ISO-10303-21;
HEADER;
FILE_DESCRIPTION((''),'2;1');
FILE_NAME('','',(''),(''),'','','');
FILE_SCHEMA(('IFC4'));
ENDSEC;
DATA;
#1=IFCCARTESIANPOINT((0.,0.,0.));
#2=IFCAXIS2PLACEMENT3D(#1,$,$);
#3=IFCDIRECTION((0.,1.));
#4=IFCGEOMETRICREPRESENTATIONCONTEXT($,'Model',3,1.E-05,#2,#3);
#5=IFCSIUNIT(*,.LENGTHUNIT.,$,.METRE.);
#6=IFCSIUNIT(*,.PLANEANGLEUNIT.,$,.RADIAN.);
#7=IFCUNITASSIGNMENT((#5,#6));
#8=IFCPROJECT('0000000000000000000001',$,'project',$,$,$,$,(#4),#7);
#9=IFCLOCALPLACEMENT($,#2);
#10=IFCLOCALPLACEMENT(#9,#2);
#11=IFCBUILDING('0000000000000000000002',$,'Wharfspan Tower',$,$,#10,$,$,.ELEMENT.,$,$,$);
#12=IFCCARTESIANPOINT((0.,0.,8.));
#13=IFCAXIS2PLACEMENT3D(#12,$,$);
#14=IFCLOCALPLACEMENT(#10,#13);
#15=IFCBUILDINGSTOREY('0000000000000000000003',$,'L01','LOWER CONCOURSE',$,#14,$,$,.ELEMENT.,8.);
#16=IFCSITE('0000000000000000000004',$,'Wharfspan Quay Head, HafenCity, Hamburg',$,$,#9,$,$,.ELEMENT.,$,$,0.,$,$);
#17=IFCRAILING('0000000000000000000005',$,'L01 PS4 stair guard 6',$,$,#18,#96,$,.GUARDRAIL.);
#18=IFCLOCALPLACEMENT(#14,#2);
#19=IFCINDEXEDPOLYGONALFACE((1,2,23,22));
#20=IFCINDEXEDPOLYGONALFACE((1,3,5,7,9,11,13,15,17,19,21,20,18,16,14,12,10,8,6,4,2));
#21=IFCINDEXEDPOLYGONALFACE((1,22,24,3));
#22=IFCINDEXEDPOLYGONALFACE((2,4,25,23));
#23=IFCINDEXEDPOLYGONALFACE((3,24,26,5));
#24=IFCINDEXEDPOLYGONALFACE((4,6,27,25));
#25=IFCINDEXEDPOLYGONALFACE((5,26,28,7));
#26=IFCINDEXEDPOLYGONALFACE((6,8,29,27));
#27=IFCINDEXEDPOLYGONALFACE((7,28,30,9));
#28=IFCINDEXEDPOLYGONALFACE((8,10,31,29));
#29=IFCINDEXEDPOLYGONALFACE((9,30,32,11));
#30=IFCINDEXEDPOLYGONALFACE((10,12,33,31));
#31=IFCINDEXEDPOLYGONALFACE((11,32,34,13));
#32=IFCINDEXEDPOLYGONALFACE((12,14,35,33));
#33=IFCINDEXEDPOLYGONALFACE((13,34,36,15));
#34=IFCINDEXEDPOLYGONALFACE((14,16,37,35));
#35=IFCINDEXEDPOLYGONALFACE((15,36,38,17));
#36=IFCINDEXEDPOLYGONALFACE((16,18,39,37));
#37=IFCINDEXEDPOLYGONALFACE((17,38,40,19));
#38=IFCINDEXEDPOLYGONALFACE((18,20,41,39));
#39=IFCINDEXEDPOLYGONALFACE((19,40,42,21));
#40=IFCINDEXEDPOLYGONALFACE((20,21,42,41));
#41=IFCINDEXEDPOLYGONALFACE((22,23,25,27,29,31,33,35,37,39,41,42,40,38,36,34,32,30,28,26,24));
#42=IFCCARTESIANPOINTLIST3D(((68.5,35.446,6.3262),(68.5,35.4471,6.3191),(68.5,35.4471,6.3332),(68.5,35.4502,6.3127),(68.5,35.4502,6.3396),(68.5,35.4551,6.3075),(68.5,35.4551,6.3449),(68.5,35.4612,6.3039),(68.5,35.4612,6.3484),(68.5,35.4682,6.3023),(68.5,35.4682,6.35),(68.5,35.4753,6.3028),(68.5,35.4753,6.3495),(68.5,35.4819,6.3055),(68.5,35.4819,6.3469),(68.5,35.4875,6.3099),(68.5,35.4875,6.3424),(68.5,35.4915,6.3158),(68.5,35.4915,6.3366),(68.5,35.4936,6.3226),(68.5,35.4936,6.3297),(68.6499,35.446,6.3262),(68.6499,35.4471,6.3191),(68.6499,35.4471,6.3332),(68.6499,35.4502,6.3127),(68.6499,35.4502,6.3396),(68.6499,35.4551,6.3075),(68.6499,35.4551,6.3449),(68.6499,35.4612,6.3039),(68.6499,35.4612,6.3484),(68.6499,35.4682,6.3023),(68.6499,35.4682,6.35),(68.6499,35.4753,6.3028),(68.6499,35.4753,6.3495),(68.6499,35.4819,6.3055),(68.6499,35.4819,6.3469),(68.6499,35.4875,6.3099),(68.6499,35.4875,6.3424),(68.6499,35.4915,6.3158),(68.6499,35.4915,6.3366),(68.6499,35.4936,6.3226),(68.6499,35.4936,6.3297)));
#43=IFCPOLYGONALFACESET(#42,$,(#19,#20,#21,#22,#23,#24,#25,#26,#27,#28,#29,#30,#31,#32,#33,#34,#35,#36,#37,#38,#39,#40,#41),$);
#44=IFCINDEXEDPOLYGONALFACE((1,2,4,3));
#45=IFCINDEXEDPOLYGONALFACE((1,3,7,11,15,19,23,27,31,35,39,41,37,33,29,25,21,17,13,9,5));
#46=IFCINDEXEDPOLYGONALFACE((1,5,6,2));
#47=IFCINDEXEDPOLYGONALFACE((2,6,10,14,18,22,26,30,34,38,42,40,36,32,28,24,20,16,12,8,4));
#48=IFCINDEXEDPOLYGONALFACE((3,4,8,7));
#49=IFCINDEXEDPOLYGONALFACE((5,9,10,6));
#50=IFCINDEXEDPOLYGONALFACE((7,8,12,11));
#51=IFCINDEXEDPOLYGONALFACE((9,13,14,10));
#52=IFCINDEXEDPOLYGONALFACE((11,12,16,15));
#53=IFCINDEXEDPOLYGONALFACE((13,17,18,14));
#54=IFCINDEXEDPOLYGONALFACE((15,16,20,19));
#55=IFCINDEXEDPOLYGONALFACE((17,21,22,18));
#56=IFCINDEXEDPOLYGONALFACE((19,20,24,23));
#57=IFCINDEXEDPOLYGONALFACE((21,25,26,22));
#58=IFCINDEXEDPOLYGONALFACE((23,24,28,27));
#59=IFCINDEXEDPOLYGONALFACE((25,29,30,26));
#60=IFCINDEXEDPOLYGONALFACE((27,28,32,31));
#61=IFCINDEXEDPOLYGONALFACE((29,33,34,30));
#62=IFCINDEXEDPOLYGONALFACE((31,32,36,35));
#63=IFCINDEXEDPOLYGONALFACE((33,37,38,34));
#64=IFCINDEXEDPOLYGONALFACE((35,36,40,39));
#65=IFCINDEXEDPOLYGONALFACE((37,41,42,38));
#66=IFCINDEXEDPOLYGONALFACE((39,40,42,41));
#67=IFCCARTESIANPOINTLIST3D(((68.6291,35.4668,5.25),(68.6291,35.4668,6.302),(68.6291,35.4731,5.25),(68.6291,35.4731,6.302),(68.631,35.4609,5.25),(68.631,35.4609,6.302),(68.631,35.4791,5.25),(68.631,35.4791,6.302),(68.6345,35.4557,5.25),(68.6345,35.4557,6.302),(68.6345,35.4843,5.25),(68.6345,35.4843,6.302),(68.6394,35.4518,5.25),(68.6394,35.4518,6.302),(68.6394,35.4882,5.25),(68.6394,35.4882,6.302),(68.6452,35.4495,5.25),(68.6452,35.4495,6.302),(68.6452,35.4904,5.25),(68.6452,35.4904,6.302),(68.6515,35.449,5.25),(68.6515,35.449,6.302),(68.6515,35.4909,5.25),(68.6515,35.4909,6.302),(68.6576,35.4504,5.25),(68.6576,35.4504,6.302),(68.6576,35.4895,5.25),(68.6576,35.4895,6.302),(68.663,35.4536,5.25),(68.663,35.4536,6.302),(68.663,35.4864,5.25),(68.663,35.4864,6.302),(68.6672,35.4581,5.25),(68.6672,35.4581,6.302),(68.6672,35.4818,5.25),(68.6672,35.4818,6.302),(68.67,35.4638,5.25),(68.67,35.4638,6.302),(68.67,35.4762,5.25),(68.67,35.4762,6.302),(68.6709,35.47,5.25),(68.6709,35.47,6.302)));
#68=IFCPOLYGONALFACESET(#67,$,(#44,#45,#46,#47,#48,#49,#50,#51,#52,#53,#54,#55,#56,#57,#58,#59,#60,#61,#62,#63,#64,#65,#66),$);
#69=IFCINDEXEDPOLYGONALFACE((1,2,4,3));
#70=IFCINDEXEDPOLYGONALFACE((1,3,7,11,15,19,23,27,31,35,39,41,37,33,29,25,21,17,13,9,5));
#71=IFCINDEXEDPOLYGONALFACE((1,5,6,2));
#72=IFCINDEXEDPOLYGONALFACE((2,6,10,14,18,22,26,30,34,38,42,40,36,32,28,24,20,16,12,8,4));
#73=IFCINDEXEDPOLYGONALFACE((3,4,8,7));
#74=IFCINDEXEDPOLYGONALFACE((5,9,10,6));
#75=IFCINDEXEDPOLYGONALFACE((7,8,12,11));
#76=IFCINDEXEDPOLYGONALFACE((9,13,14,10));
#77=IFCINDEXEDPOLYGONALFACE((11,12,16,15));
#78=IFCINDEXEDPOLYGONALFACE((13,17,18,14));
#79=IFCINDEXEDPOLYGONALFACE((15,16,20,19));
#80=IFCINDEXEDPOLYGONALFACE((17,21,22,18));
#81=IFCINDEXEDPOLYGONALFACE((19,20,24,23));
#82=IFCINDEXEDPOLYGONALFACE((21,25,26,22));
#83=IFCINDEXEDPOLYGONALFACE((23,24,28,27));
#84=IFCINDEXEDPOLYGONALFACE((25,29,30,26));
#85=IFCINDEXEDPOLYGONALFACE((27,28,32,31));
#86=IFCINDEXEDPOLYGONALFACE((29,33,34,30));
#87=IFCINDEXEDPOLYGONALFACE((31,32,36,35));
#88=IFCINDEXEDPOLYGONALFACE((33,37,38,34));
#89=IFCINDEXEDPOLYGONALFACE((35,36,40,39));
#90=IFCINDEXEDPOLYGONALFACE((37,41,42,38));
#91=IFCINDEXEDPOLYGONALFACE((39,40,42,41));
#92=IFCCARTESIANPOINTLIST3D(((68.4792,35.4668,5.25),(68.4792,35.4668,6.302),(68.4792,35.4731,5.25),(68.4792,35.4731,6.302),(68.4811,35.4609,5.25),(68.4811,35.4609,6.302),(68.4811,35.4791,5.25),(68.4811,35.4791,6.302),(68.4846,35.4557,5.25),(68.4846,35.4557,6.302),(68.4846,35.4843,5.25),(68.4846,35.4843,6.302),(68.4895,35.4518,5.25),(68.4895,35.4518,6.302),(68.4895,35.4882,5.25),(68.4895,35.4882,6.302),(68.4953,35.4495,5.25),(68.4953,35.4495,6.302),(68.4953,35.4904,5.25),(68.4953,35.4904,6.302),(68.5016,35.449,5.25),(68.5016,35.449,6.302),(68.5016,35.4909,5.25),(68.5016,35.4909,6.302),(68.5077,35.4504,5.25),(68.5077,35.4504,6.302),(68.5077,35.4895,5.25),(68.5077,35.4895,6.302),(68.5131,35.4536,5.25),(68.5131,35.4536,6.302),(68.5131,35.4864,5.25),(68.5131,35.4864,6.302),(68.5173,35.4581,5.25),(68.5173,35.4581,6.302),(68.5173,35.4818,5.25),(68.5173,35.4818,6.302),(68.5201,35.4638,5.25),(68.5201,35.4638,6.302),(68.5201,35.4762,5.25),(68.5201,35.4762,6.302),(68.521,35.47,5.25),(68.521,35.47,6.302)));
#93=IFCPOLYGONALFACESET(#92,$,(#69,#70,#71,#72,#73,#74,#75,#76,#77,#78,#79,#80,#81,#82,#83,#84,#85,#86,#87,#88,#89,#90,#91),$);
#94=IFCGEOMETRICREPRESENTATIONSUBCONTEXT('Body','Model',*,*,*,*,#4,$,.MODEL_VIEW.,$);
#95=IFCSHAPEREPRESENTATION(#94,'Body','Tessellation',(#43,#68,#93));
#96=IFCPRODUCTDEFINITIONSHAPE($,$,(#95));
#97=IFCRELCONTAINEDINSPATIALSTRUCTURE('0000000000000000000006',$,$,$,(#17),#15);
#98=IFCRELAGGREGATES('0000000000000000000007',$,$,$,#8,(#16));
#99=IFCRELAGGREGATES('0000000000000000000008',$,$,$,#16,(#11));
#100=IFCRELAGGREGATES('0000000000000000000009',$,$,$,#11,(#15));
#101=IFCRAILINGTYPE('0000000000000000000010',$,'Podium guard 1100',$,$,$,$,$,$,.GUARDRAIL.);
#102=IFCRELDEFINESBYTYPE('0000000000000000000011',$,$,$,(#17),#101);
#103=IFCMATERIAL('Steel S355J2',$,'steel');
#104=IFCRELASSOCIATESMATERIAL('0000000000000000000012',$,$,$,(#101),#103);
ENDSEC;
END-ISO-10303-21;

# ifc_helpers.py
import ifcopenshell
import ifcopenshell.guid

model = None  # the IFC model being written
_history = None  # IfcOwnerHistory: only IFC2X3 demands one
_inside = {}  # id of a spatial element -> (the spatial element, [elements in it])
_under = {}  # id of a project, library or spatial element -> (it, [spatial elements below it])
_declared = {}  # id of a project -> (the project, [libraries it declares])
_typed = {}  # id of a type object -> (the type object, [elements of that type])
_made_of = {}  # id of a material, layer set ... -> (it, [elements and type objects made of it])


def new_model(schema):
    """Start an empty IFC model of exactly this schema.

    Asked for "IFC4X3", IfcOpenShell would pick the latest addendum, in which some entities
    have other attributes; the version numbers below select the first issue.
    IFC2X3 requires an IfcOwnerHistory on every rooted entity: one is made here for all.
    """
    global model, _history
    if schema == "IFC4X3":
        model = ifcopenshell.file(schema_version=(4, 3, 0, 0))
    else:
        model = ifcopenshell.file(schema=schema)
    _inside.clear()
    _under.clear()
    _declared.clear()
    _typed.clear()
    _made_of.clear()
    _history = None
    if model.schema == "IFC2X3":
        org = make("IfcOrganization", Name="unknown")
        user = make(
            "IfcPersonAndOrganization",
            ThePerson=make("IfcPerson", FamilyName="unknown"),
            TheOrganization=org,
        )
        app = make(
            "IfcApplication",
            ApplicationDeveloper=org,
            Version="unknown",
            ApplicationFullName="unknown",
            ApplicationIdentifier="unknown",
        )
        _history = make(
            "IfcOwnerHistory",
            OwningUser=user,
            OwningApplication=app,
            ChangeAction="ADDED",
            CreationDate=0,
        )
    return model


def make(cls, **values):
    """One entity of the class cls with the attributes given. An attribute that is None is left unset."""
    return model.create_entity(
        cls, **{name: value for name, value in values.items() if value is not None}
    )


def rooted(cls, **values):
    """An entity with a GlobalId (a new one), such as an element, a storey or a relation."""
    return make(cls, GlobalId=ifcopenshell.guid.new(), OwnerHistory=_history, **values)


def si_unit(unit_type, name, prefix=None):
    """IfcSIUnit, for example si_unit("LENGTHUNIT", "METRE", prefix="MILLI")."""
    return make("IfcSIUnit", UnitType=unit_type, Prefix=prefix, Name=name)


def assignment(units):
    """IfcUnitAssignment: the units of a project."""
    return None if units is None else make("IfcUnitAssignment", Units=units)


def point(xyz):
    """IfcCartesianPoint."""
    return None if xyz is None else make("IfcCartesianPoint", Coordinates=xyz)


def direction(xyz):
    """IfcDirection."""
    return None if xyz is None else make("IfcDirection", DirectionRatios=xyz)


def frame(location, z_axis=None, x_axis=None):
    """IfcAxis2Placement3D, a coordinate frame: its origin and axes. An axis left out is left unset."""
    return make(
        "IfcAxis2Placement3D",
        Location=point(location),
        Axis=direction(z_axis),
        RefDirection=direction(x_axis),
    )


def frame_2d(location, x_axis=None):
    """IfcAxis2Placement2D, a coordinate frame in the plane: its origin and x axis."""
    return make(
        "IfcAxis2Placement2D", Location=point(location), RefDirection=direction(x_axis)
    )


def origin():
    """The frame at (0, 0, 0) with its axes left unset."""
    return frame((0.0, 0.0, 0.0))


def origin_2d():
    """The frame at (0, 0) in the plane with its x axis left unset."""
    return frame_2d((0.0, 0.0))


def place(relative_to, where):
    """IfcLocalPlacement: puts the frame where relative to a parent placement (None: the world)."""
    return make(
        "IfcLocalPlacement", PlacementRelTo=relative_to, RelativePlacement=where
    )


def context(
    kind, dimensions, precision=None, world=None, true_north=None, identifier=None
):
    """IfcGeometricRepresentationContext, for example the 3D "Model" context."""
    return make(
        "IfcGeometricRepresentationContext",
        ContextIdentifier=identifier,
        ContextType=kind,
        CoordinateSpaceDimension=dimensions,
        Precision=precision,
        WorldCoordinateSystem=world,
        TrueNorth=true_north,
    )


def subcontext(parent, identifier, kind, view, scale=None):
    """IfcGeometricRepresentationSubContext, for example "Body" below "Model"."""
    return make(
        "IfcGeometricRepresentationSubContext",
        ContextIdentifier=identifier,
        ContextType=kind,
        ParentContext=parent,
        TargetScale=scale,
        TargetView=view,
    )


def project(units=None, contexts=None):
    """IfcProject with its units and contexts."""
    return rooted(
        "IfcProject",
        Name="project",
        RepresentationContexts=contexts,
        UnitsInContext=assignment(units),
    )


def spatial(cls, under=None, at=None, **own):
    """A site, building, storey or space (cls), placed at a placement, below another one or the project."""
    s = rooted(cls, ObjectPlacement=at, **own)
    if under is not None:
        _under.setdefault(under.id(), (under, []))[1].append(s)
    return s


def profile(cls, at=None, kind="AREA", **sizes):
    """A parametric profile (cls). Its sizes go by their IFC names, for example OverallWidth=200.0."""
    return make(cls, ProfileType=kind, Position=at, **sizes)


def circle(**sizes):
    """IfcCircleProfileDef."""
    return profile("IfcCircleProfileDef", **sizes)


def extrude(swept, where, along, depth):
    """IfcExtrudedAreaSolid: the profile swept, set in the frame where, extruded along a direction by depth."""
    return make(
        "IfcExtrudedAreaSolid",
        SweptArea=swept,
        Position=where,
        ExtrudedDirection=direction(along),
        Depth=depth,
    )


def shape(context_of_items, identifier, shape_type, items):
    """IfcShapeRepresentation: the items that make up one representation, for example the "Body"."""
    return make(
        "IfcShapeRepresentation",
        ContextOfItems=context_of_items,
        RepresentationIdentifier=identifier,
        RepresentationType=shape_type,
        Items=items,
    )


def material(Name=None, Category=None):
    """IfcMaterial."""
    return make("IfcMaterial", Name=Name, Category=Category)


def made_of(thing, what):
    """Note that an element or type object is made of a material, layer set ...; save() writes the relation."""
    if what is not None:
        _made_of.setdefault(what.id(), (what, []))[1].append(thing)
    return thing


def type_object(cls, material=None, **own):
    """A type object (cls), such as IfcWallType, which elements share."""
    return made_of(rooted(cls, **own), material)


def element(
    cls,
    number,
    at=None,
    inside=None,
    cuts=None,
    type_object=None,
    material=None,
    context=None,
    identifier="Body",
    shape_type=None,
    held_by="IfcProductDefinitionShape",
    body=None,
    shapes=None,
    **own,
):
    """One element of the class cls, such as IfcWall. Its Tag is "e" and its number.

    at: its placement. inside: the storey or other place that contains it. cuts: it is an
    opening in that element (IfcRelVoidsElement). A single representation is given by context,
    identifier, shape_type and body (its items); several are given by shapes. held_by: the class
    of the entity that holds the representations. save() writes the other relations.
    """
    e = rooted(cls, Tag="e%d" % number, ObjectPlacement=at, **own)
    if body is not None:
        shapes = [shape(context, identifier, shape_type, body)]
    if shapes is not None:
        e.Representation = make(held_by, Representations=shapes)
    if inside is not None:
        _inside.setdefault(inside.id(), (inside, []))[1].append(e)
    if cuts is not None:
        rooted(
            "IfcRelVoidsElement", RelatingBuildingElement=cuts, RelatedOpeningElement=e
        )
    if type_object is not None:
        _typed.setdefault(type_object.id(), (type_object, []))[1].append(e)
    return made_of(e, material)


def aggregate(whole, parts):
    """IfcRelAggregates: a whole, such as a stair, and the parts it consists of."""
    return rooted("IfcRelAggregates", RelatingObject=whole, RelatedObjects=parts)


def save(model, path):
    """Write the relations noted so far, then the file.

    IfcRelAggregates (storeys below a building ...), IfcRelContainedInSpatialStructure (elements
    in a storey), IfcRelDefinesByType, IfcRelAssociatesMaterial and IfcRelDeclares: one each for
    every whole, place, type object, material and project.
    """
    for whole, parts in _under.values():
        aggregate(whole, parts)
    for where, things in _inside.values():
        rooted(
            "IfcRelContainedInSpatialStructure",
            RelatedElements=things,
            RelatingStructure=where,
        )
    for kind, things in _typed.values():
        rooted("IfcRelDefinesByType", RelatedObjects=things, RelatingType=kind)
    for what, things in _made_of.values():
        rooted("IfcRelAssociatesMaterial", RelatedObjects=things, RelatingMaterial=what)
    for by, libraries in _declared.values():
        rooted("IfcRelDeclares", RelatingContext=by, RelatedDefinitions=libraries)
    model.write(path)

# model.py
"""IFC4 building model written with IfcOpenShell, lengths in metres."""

from ifc_helpers import new_model, si_unit, direction, frame, origin, origin_2d, place, context, subcontext, project, spatial, circle, extrude, material, type_object, element, save


model = new_model("IFC4")

# Units and contexts
model_context = context("Model", 3, precision=1e-05, world=origin(), true_north=direction((0.0, 1.0)))
body_context = subcontext(model_context, "Body", "Model", "MODEL_VIEW")
ifc_project = project(units=[si_unit("LENGTHUNIT", "METRE"), si_unit("PLANEANGLEUNIT", "RADIAN")], contexts=[model_context])

# Site, building, storey
site_placement = place(None, origin())
site = spatial("IfcSite", under=ifc_project, at=site_placement, Name="Wharfspan Quay Head, HafenCity, Hamburg", CompositionType="ELEMENT", RefElevation=0.0)
building_placement = place(site_placement, origin())
building = spatial("IfcBuilding", under=site, at=building_placement, Name="Wharfspan Tower", CompositionType="ELEMENT")
storey_placement = place(building_placement, frame((0.0, 0.0, 8.0)))
storey = spatial("IfcBuildingStorey", under=building, at=storey_placement, Name="L01", Description="LOWER CONCOURSE", CompositionType="ELEMENT", Elevation=8.0)

# Railing
ifc_material_1 = material(Name="Steel S355J2", Category="steel")
railing_type_1 = type_object("IfcRailingType", Name="Podium guard 1100", PredefinedType="GUARDRAIL", material=ifc_material_1)
railing_1_placement = place(storey_placement, frame((68.6499, 35.47, 5.25)))
element("IfcRailing", 1, at=railing_1_placement, inside=storey, type_object=railing_type_1, Name="L01 PS4 stair guard 6", PredefinedType="GUARDRAIL", context=body_context, shape_type="SweptSolid", body=[
    extrude(circle(Radius=0.0239, at=origin_2d()), frame((0.0, 0.0, 1.0762), z_axis=(-1.0, 0.0, 0.0), x_axis=(0.0, -1.0, 0.0)), (0.0, 0.0, 1.0), 0.1499),
    extrude(circle(Radius=0.021, at=origin_2d()), origin(), (0.0, 0.0, 1.0), 1.052),
    extrude(circle(Radius=0.021, at=origin_2d()), frame((-0.1499, 0.0, 0.0)), (0.0, 0.0, 1.0), 1.052),
])

save(model, "model.ifc")
